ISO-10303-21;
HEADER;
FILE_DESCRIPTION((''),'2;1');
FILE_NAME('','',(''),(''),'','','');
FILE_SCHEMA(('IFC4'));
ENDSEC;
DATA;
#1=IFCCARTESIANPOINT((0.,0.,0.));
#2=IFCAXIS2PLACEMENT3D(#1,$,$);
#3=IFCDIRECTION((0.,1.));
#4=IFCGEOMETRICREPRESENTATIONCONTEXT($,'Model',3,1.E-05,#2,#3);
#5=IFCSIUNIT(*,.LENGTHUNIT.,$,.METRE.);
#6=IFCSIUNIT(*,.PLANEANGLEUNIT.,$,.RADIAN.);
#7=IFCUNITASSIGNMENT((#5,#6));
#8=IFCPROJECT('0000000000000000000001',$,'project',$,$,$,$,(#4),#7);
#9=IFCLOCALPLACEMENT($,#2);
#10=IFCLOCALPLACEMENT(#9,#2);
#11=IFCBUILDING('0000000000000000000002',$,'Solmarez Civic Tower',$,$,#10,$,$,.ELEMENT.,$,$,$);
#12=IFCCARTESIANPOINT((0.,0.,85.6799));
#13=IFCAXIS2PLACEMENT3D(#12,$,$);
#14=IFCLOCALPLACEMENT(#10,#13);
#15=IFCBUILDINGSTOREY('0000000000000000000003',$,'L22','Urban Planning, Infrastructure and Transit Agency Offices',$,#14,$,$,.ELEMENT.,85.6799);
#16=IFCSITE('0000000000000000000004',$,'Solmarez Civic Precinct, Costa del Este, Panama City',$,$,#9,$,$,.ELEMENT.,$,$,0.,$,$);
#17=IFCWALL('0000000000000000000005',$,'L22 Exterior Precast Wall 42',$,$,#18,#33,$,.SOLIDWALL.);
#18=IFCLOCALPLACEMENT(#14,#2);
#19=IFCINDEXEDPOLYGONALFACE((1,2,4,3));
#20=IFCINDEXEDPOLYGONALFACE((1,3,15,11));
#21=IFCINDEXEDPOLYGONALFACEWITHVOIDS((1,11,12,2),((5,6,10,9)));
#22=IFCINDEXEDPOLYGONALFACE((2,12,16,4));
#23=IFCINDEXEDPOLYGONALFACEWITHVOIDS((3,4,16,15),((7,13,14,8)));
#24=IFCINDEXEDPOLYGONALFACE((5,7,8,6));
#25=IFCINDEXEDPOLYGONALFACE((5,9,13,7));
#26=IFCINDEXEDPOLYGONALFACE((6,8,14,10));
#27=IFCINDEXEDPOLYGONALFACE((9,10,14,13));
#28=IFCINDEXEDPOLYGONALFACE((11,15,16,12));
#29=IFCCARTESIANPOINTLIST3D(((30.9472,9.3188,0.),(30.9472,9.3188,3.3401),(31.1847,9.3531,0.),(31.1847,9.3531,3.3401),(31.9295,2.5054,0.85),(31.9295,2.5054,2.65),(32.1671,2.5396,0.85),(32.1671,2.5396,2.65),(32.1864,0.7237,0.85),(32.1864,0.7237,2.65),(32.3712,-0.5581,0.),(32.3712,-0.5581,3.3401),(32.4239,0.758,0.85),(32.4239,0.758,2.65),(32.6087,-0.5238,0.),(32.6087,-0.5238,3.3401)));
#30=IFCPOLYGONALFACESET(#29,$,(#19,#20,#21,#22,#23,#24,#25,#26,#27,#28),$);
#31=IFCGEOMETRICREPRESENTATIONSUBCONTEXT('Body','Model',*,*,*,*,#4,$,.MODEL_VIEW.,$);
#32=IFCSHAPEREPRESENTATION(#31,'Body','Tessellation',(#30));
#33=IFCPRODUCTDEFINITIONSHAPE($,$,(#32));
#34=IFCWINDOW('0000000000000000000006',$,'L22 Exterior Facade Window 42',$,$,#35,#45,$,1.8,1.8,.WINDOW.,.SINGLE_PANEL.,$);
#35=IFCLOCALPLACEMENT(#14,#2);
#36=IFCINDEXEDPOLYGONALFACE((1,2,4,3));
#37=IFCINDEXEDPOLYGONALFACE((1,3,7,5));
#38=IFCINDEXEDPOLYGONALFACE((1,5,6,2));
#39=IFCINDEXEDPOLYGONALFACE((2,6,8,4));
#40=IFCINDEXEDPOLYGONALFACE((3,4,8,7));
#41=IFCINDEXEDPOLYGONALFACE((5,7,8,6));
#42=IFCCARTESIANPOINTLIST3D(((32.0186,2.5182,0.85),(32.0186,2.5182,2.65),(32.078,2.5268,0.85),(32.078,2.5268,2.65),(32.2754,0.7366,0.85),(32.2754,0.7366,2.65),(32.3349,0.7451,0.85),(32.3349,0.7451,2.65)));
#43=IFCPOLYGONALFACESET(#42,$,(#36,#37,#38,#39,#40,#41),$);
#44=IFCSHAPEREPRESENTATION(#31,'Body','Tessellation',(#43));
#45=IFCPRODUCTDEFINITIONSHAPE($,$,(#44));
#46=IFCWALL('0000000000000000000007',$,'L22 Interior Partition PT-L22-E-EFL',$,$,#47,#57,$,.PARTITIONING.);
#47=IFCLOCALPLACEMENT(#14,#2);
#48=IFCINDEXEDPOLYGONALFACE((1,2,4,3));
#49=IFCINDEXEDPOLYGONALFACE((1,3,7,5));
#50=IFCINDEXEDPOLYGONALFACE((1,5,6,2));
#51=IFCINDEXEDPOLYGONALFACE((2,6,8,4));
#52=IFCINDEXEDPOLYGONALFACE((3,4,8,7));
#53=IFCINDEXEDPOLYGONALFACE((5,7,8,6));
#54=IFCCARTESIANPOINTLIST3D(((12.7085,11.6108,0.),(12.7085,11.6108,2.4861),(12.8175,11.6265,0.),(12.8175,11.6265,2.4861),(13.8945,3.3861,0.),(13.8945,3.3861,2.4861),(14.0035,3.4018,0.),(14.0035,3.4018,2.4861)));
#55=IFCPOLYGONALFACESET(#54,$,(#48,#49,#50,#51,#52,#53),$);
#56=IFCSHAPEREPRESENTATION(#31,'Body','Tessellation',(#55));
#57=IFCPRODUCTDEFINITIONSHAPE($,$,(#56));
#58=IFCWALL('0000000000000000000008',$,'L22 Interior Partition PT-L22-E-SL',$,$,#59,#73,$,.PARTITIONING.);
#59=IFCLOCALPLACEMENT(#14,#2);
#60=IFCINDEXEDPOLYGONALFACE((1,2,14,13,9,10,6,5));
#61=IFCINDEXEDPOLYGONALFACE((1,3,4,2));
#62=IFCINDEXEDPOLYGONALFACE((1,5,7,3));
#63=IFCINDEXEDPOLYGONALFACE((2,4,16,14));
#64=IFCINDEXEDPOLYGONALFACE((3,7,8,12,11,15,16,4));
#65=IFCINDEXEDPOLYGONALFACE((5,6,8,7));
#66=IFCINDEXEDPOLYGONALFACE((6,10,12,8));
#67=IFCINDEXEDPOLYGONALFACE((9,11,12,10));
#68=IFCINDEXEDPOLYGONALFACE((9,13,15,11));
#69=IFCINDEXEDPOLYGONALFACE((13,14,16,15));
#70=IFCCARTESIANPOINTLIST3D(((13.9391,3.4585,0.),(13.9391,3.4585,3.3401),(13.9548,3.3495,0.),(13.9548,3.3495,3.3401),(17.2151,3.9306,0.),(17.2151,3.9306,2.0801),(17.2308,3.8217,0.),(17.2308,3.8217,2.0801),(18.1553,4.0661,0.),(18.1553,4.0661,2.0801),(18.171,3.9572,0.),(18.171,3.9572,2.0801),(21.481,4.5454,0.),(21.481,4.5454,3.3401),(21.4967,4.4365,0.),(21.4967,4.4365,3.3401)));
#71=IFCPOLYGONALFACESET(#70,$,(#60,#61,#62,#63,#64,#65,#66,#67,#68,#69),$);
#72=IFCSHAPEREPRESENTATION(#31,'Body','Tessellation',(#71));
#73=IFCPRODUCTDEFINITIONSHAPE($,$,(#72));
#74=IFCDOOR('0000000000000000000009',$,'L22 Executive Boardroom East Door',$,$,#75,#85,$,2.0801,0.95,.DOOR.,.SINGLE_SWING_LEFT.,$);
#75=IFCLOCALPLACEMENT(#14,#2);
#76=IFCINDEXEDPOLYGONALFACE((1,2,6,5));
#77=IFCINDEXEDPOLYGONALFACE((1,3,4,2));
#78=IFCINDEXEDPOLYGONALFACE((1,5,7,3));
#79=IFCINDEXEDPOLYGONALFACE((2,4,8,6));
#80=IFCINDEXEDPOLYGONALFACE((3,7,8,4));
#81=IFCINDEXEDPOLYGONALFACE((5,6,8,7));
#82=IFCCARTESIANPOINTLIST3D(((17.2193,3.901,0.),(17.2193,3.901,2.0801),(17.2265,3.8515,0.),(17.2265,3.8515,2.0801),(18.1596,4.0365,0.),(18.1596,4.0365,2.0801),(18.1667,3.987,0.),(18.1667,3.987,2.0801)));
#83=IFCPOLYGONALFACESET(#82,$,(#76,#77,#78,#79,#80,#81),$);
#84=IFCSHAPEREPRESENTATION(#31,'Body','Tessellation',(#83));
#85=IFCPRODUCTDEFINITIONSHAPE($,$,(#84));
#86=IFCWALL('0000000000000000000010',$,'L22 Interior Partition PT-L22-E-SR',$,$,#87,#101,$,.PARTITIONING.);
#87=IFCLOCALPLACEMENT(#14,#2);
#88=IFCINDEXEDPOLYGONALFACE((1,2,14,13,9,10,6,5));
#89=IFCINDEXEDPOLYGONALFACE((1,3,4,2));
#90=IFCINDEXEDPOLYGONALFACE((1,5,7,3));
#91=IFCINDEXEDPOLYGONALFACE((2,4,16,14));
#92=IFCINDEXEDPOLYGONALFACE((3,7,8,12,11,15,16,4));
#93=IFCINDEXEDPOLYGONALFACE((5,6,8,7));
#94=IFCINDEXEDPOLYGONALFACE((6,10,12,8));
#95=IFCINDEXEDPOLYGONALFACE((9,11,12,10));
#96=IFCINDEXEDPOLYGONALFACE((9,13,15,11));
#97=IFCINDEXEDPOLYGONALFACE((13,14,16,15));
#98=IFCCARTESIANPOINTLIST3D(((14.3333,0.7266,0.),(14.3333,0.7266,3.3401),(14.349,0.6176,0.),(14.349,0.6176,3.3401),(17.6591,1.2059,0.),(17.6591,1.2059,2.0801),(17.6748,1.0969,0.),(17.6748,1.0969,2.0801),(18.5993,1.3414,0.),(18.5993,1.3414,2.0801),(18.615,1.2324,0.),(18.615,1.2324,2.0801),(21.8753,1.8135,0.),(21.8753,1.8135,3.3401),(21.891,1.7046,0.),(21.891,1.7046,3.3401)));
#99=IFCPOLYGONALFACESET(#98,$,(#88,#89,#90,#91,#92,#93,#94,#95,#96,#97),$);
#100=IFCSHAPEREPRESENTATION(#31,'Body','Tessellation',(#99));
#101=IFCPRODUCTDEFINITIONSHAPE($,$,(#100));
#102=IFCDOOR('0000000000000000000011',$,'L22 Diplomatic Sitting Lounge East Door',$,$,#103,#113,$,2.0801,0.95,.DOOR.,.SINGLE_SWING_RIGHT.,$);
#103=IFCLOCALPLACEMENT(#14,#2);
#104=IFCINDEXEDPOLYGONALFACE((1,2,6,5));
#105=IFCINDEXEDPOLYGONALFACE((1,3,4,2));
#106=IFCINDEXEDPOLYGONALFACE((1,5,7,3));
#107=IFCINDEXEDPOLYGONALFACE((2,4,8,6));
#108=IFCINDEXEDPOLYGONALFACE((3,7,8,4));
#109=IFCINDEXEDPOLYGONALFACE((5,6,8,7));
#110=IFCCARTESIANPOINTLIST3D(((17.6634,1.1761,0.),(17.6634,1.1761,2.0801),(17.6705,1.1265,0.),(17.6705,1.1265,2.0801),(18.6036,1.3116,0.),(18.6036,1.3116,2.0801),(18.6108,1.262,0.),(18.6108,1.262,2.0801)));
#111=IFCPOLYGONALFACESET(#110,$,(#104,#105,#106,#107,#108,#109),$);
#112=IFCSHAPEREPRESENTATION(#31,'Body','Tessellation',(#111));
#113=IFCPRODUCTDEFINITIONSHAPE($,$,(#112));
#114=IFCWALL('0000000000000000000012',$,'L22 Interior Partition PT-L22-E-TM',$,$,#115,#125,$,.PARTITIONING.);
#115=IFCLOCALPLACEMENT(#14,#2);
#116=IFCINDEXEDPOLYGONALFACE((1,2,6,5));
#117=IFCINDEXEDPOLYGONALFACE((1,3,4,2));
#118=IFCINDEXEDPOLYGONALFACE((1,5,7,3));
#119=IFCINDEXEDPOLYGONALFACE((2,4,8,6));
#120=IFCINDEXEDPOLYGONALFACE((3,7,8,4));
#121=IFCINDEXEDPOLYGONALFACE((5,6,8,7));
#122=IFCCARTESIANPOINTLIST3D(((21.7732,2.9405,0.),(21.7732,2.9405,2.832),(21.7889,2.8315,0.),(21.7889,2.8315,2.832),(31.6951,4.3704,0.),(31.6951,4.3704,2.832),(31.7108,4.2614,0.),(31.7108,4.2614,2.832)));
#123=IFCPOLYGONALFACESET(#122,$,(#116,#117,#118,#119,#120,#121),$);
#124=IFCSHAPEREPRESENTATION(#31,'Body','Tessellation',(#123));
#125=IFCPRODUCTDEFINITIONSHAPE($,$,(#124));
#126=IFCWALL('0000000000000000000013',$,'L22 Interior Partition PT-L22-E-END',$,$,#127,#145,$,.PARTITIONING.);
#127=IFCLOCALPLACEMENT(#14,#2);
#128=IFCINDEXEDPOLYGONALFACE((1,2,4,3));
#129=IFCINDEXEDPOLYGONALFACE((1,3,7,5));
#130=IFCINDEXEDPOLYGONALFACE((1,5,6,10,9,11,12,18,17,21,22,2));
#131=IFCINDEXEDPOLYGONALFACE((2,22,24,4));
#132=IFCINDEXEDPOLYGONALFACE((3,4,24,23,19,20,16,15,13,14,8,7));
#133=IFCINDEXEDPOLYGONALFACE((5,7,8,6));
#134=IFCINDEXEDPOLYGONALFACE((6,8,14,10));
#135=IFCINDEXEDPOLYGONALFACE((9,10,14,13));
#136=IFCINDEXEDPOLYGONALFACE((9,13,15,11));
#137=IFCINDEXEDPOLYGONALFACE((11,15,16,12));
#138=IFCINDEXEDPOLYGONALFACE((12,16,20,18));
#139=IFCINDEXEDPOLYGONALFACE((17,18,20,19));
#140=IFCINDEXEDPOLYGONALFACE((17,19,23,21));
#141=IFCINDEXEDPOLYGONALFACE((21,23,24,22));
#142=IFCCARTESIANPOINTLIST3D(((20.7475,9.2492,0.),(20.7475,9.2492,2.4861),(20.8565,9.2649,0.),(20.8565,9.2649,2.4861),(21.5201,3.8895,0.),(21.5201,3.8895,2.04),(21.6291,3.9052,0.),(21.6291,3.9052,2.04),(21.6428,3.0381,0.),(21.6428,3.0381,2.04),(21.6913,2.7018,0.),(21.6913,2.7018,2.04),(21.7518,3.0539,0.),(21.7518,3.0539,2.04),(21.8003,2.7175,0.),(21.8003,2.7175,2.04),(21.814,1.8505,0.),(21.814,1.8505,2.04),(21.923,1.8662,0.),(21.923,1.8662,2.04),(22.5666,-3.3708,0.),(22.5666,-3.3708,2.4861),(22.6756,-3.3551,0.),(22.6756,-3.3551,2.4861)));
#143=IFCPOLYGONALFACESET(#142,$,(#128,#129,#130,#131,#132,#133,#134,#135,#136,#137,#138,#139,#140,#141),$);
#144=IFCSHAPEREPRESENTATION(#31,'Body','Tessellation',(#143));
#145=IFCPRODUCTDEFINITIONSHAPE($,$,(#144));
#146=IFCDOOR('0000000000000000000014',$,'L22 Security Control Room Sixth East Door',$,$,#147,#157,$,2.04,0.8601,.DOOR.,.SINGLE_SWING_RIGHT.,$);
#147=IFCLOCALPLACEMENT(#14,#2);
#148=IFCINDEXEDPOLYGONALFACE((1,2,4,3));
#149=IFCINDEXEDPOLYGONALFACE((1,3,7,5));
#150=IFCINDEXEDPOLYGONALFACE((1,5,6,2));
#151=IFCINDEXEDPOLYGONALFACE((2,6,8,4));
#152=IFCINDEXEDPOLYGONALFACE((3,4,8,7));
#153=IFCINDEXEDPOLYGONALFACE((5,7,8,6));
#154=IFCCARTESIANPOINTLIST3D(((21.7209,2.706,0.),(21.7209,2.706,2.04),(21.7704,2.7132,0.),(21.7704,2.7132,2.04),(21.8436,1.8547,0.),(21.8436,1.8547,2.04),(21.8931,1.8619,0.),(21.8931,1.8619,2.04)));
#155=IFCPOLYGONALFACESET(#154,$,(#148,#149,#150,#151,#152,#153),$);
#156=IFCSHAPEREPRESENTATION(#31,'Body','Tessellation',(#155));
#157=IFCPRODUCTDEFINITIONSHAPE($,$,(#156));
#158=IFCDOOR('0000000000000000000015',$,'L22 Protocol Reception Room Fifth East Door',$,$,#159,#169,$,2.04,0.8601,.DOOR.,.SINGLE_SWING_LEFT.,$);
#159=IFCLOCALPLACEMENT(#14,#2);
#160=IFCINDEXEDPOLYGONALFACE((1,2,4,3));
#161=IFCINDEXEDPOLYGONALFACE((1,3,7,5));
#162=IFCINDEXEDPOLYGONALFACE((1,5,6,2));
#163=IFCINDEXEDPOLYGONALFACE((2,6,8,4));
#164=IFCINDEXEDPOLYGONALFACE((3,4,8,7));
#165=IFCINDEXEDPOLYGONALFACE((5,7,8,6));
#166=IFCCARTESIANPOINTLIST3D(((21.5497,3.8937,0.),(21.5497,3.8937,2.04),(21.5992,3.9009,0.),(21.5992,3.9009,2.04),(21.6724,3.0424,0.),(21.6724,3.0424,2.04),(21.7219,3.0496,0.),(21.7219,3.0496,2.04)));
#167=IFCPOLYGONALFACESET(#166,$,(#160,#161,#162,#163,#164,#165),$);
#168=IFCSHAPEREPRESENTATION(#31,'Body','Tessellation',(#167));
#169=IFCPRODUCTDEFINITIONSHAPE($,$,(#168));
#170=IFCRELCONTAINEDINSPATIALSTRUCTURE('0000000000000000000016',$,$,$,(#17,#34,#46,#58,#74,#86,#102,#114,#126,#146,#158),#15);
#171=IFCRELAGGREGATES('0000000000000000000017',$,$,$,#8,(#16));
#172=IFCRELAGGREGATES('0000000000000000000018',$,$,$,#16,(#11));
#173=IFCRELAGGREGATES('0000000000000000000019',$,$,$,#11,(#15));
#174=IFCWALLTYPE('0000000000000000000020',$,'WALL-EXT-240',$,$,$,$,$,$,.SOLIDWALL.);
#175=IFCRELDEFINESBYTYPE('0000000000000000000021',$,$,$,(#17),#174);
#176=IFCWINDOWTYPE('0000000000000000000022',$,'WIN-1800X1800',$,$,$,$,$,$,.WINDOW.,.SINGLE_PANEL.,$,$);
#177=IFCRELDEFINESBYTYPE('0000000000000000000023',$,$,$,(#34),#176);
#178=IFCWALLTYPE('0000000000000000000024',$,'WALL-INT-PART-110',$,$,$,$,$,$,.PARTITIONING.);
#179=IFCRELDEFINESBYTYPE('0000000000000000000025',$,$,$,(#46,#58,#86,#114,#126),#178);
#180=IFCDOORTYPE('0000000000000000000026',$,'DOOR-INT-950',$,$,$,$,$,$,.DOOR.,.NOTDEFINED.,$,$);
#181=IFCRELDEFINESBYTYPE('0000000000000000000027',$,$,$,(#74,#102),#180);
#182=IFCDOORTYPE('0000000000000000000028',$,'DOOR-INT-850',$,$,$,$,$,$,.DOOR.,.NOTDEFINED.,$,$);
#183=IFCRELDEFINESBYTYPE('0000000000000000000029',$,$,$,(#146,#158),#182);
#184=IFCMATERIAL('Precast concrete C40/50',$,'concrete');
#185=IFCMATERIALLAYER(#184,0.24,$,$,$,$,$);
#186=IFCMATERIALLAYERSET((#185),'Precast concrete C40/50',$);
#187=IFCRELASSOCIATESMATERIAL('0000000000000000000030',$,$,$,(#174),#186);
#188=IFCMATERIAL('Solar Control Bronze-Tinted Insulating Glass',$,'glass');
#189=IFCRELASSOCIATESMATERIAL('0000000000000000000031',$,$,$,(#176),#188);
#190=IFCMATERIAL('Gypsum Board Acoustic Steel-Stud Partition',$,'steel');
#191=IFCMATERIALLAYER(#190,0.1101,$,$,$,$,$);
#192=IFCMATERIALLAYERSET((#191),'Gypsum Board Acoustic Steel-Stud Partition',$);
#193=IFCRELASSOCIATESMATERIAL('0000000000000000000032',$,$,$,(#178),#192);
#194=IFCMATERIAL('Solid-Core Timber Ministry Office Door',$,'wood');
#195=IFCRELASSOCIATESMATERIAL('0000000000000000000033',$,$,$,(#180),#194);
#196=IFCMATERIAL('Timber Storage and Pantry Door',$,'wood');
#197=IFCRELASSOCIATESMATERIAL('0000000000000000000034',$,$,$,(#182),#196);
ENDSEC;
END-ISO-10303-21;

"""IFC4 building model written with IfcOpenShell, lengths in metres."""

from ifc_helpers import new_model, si_unit, direction, frame, frame_2d, origin, place, context, subcontext, project, spatial, rectangle, extrude, material, layer, layer_set, type_object, element, fill, save


model = new_model("IFC4")

# Units and contexts
model_context = context("Model", 3, precision=1e-05, world=origin(), true_north=direction((0.0, 1.0)))
body_context = subcontext(model_context, "Body", "Model", "MODEL_VIEW")
ifc_project = project(units=[si_unit("LENGTHUNIT", "METRE"), si_unit("PLANEANGLEUNIT", "RADIAN")], contexts=[model_context])

# Site, building, storey
site_placement = place(None, origin())
site = spatial("IfcSite", under=ifc_project, at=site_placement, Name="Solmarez Civic Precinct, Costa del Este, Panama City", CompositionType="ELEMENT", RefElevation=0.0)
building_placement = place(site_placement, origin())
building = spatial("IfcBuilding", under=site, at=building_placement, Name="Solmarez Civic Tower", CompositionType="ELEMENT")
storey_placement = place(building_placement, frame((0.0, 0.0, 85.6799)))
storey = spatial("IfcBuildingStorey", under=building, at=storey_placement, Name="L22", Description="Urban Planning, Infrastructure and Transit Agency Offices", CompositionType="ELEMENT", Elevation=85.6799)

# Shared definitions
ifc_material_1 = material(Name="Precast concrete C40/50", Category="concrete")
ifc_layer_1 = layer(ifc_material_1, 0.24)
ifc_layer_set_1 = layer_set([ifc_layer_1], Name="Precast concrete C40/50")
wall_type_1 = type_object("IfcWallType", Name="WALL-EXT-240", PredefinedType="SOLIDWALL", material=ifc_layer_set_1)
ifc_material_2 = material(Name="Solar Control Bronze-Tinted Insulating Glass", Category="glass")

# Wall, opening, window
wall_1_placement = place(storey_placement, frame((31.0659, 9.3359, 0.0), z_axis=(0.0, 0.0, 1.0), x_axis=(0.142706, -0.989765, 0.0)))
wall_1 = element("IfcWall", 1, at=wall_1_placement, inside=storey, type_object=wall_type_1, Name="L22 Exterior Precast Wall 42", PredefinedType="SOLIDWALL", context=body_context, shape_type="SweptSolid", body=[
    extrude(rectangle(XDim=9.979, YDim=0.24, at=frame_2d((4.9895, 0.0))), origin(), (0.0, 0.0, 1.0), 3.3401),
])
opening_1_placement = place(wall_1_placement, frame((6.884, 0.0, 0.8501)))
opening_1 = element("IfcOpeningElement", 2, at=opening_1_placement, cuts=wall_1, PredefinedType="OPENING", context=body_context, shape_type="SweptSolid", body=[
    extrude(rectangle(XDim=1.8, YDim=1.8, at=frame_2d((0.8999, 0.8999))), frame((0.0, 0.1299, 0.0), z_axis=(0.0, -1.0, 0.0), x_axis=(1.0, 0.0, 0.0)), (0.0, 0.0, 1.0), 0.26),
])
window_type_1 = type_object("IfcWindowType", Name="WIN-1800X1800", PartitioningType="SINGLE_PANEL", PredefinedType="WINDOW", material=ifc_material_2)
window_1_placement = place(opening_1_placement, origin())
window_1 = element("IfcWindow", 3, at=window_1_placement, inside=storey, type_object=window_type_1, Name="L22 Exterior Facade Window 42", OverallHeight=1.8, OverallWidth=1.8, PartitioningType="SINGLE_PANEL", PredefinedType="WINDOW", context=body_context, shape_type="SweptSolid", body=[
    extrude(rectangle(XDim=1.8, YDim=1.8, at=frame_2d((0.8999, 0.8999))), frame((0.0, 0.03, 0.0), z_axis=(0.0, -1.0, 0.0), x_axis=(1.0, 0.0, 0.0)), (0.0, 0.0, 1.0), 0.0601),
])
fill(opening_1, window_1)

# Wall
ifc_material_3 = material(Name="Gypsum Board Acoustic Steel-Stud Partition", Category="steel")
ifc_layer_2 = layer(ifc_material_3, 0.1101)
ifc_layer_set_2 = layer_set([ifc_layer_2], Name="Gypsum Board Acoustic Steel-Stud Partition")
wall_type_2 = type_object("IfcWallType", Name="WALL-INT-PART-110", PredefinedType="PARTITIONING", material=ifc_layer_set_2)
wall_2_placement = place(storey_placement, frame((13.949, 3.394, 0.0), z_axis=(0.0, 0.0, 1.0), x_axis=(-0.142725, 0.989762, 0.0)))
element("IfcWall", 4, at=wall_2_placement, inside=storey, type_object=wall_type_2, Name="L22 Interior Partition PT-L22-E-EFL", PredefinedType="PARTITIONING", context=body_context, shape_type="SweptSolid", body=[
    extrude(rectangle(XDim=8.3098, YDim=0.1101, at=frame_2d((4.1548, 0.0))), origin(), (0.0, 0.0, 1.0), 2.4861),
])

# Walls, openings, doors
wall_3_placement = place(storey_placement, frame((21.489, 4.491, 0.0), z_axis=(0.0, 0.0, 1.0), x_axis=(-0.989774, -0.142641, 0.0)))
wall_3 = element("IfcWall", 5, at=wall_3_placement, inside=storey, type_object=wall_type_2, Name="L22 Interior Partition PT-L22-E-SL", PredefinedType="PARTITIONING", context=body_context, shape_type="SweptSolid", body=[
    extrude(rectangle(XDim=7.6199, YDim=0.1101, at=frame_2d((3.8101, 0.0))), origin(), (0.0, 0.0, 1.0), 3.3401),
])
opening_2_placement = place(wall_3_placement, frame((3.3601, 0.0, 0.0)))
opening_2 = element("IfcOpeningElement", 6, at=opening_2_placement, cuts=wall_3, PredefinedType="OPENING", context=body_context, shape_type="SweptSolid", body=[
    extrude(rectangle(XDim=0.95, YDim=2.0801, at=frame_2d((0.4751, 1.04))), frame((0.0, 0.0649, 0.0), z_axis=(0.0, -1.0, 0.0), x_axis=(1.0, 0.0, 0.0)), (0.0, 0.0, 1.0), 0.1301),
])
ifc_material_4 = material(Name="Solid-Core Timber Ministry Office Door", Category="wood")
door_type_1 = type_object("IfcDoorType", Name="DOOR-INT-950", OperationType="NOTDEFINED", PredefinedType="DOOR", material=ifc_material_4)
door_1_placement = place(opening_2_placement, origin())
door_1 = element("IfcDoor", 7, at=door_1_placement, inside=storey, type_object=door_type_1, Name="L22 Executive Boardroom East Door", OperationType="SINGLE_SWING_LEFT", OverallHeight=2.0801, OverallWidth=0.95, PredefinedType="DOOR", context=body_context, shape_type="SweptSolid", body=[
    extrude(rectangle(XDim=0.95, YDim=2.0801, at=frame_2d((0.4751, 1.04))), frame((0.0, 0.0249, 0.0), z_axis=(0.0, -1.0, 0.0), x_axis=(1.0, 0.0, 0.0)), (0.0, 0.0, 1.0), 0.05),
])
fill(opening_2, door_1)
wall_4_placement = place(storey_placement, frame((14.3411, 0.6721, 0.0), z_axis=(0.0, 0.0, 1.0), x_axis=(0.989774, 0.142641, 0.0)))
wall_4 = element("IfcWall", 8, at=wall_4_placement, inside=storey, type_object=wall_type_2, Name="L22 Interior Partition PT-L22-E-SR", PredefinedType="PARTITIONING", context=body_context, shape_type="SweptSolid", body=[
    extrude(rectangle(XDim=7.6199, YDim=0.1101, at=frame_2d((3.8101, 0.0))), origin(), (0.0, 0.0, 1.0), 3.3401),
])
opening_3_placement = place(wall_4_placement, frame((3.3601, 0.0, 0.0)))
opening_3 = element("IfcOpeningElement", 9, at=opening_3_placement, cuts=wall_4, PredefinedType="OPENING", context=body_context, shape_type="SweptSolid", body=[
    extrude(rectangle(XDim=0.95, YDim=2.0801, at=frame_2d((0.4751, 1.04))), frame((0.0, 0.0649, 0.0), z_axis=(0.0, -1.0, 0.0), x_axis=(1.0, 0.0, 0.0)), (0.0, 0.0, 1.0), 0.1301),
])
door_2_placement = place(opening_3_placement, origin())
door_2 = element("IfcDoor", 10, at=door_2_placement, inside=storey, type_object=door_type_1, Name="L22 Diplomatic Sitting Lounge East Door", OperationType="SINGLE_SWING_RIGHT", OverallHeight=2.0801, OverallWidth=0.95, PredefinedType="DOOR", context=body_context, shape_type="SweptSolid", body=[
    extrude(rectangle(XDim=0.95, YDim=2.0801, at=frame_2d((0.4751, 1.04))), frame((0.0, 0.0249, 0.0), z_axis=(0.0, -1.0, 0.0), x_axis=(1.0, 0.0, 0.0)), (0.0, 0.0, 1.0), 0.05),
])
fill(opening_3, door_2)

# Wall
wall_5_placement = place(storey_placement, frame((21.781, 2.886, 0.0), z_axis=(0.0, 0.0, 1.0), x_axis=(0.989774, 0.142645, 0.0)))
element("IfcWall", 11, at=wall_5_placement, inside=storey, type_object=wall_type_2, Name="L22 Interior Partition PT-L22-E-TM", PredefinedType="PARTITIONING", context=body_context, shape_type="SweptSolid", body=[
    extrude(rectangle(XDim=10.0244, YDim=0.1101, at=frame_2d((5.0122, 0.0))), origin(), (0.0, 0.0, 1.0), 2.832),
])

# Wall, openings, doors
wall_6_placement = place(storey_placement, frame((20.802, 9.2571, 0.0), z_axis=(0.0, 0.0, 1.0), x_axis=(0.142668, -0.989771, 0.0)))
wall_6 = element("IfcWall", 12, at=wall_6_placement, inside=storey, type_object=wall_type_2, Name="L22 Interior Partition PT-L22-E-END", PredefinedType="PARTITIONING", context=body_context, shape_type="SweptSolid", body=[
    extrude(rectangle(XDim=12.7505, YDim=0.1101, at=frame_2d((6.3752, 0.0))), origin(), (0.0, 0.0, 1.0), 2.4861),
])
opening_4_placement = place(wall_6_placement, frame((6.615, 0.0, 0.0)))
opening_4 = element("IfcOpeningElement", 13, at=opening_4_placement, cuts=wall_6, PredefinedType="OPENING", context=body_context, shape_type="SweptSolid", body=[
    extrude(rectangle(XDim=0.8601, YDim=2.04, at=frame_2d((0.4302, 1.02))), frame((0.0, 0.0649, 0.0), z_axis=(0.0, -1.0, 0.0), x_axis=(1.0, 0.0, 0.0)), (0.0, 0.0, 1.0), 0.1301),
])
opening_5_placement = place(wall_6_placement, frame((5.415, 0.0, 0.0)))
opening_5 = element("IfcOpeningElement", 14, at=opening_5_placement, cuts=wall_6, PredefinedType="OPENING", context=body_context, shape_type="SweptSolid", body=[
    extrude(rectangle(XDim=0.8601, YDim=2.04, at=frame_2d((0.4302, 1.02))), frame((0.0, 0.0649, 0.0), z_axis=(0.0, -1.0, 0.0), x_axis=(1.0, 0.0, 0.0)), (0.0, 0.0, 1.0), 0.1301),
])
ifc_material_5 = material(Name="Timber Storage and Pantry Door", Category="wood")
door_type_2 = type_object("IfcDoorType", Name="DOOR-INT-850", OperationType="NOTDEFINED", PredefinedType="DOOR", material=ifc_material_5)
door_3_placement = place(opening_4_placement, origin())
door_3 = element("IfcDoor", 15, at=door_3_placement, inside=storey, type_object=door_type_2, Name="L22 Security Control Room Sixth East Door", OperationType="SINGLE_SWING_RIGHT", OverallHeight=2.04, OverallWidth=0.8601, PredefinedType="DOOR", context=body_context, shape_type="SweptSolid", body=[
    extrude(rectangle(XDim=0.8601, YDim=2.04, at=frame_2d((0.4302, 1.02))), frame((0.0, 0.0249, 0.0), z_axis=(0.0, -1.0, 0.0), x_axis=(1.0, 0.0, 0.0)), (0.0, 0.0, 1.0), 0.05),
])
fill(opening_4, door_3)
door_4_placement = place(opening_5_placement, origin())
door_4 = element("IfcDoor", 16, at=door_4_placement, inside=storey, type_object=door_type_2, Name="L22 Protocol Reception Room Fifth East Door", OperationType="SINGLE_SWING_LEFT", OverallHeight=2.04, OverallWidth=0.8601, PredefinedType="DOOR", context=body_context, shape_type="SweptSolid", body=[
    extrude(rectangle(XDim=0.8601, YDim=2.04, at=frame_2d((0.4302, 1.02))), frame((0.0, 0.0249, 0.0), z_axis=(0.0, -1.0, 0.0), x_axis=(1.0, 0.0, 0.0)), (0.0, 0.0, 1.0), 0.05),
])
fill(opening_5, door_4)

save(model, "model.ifc")
